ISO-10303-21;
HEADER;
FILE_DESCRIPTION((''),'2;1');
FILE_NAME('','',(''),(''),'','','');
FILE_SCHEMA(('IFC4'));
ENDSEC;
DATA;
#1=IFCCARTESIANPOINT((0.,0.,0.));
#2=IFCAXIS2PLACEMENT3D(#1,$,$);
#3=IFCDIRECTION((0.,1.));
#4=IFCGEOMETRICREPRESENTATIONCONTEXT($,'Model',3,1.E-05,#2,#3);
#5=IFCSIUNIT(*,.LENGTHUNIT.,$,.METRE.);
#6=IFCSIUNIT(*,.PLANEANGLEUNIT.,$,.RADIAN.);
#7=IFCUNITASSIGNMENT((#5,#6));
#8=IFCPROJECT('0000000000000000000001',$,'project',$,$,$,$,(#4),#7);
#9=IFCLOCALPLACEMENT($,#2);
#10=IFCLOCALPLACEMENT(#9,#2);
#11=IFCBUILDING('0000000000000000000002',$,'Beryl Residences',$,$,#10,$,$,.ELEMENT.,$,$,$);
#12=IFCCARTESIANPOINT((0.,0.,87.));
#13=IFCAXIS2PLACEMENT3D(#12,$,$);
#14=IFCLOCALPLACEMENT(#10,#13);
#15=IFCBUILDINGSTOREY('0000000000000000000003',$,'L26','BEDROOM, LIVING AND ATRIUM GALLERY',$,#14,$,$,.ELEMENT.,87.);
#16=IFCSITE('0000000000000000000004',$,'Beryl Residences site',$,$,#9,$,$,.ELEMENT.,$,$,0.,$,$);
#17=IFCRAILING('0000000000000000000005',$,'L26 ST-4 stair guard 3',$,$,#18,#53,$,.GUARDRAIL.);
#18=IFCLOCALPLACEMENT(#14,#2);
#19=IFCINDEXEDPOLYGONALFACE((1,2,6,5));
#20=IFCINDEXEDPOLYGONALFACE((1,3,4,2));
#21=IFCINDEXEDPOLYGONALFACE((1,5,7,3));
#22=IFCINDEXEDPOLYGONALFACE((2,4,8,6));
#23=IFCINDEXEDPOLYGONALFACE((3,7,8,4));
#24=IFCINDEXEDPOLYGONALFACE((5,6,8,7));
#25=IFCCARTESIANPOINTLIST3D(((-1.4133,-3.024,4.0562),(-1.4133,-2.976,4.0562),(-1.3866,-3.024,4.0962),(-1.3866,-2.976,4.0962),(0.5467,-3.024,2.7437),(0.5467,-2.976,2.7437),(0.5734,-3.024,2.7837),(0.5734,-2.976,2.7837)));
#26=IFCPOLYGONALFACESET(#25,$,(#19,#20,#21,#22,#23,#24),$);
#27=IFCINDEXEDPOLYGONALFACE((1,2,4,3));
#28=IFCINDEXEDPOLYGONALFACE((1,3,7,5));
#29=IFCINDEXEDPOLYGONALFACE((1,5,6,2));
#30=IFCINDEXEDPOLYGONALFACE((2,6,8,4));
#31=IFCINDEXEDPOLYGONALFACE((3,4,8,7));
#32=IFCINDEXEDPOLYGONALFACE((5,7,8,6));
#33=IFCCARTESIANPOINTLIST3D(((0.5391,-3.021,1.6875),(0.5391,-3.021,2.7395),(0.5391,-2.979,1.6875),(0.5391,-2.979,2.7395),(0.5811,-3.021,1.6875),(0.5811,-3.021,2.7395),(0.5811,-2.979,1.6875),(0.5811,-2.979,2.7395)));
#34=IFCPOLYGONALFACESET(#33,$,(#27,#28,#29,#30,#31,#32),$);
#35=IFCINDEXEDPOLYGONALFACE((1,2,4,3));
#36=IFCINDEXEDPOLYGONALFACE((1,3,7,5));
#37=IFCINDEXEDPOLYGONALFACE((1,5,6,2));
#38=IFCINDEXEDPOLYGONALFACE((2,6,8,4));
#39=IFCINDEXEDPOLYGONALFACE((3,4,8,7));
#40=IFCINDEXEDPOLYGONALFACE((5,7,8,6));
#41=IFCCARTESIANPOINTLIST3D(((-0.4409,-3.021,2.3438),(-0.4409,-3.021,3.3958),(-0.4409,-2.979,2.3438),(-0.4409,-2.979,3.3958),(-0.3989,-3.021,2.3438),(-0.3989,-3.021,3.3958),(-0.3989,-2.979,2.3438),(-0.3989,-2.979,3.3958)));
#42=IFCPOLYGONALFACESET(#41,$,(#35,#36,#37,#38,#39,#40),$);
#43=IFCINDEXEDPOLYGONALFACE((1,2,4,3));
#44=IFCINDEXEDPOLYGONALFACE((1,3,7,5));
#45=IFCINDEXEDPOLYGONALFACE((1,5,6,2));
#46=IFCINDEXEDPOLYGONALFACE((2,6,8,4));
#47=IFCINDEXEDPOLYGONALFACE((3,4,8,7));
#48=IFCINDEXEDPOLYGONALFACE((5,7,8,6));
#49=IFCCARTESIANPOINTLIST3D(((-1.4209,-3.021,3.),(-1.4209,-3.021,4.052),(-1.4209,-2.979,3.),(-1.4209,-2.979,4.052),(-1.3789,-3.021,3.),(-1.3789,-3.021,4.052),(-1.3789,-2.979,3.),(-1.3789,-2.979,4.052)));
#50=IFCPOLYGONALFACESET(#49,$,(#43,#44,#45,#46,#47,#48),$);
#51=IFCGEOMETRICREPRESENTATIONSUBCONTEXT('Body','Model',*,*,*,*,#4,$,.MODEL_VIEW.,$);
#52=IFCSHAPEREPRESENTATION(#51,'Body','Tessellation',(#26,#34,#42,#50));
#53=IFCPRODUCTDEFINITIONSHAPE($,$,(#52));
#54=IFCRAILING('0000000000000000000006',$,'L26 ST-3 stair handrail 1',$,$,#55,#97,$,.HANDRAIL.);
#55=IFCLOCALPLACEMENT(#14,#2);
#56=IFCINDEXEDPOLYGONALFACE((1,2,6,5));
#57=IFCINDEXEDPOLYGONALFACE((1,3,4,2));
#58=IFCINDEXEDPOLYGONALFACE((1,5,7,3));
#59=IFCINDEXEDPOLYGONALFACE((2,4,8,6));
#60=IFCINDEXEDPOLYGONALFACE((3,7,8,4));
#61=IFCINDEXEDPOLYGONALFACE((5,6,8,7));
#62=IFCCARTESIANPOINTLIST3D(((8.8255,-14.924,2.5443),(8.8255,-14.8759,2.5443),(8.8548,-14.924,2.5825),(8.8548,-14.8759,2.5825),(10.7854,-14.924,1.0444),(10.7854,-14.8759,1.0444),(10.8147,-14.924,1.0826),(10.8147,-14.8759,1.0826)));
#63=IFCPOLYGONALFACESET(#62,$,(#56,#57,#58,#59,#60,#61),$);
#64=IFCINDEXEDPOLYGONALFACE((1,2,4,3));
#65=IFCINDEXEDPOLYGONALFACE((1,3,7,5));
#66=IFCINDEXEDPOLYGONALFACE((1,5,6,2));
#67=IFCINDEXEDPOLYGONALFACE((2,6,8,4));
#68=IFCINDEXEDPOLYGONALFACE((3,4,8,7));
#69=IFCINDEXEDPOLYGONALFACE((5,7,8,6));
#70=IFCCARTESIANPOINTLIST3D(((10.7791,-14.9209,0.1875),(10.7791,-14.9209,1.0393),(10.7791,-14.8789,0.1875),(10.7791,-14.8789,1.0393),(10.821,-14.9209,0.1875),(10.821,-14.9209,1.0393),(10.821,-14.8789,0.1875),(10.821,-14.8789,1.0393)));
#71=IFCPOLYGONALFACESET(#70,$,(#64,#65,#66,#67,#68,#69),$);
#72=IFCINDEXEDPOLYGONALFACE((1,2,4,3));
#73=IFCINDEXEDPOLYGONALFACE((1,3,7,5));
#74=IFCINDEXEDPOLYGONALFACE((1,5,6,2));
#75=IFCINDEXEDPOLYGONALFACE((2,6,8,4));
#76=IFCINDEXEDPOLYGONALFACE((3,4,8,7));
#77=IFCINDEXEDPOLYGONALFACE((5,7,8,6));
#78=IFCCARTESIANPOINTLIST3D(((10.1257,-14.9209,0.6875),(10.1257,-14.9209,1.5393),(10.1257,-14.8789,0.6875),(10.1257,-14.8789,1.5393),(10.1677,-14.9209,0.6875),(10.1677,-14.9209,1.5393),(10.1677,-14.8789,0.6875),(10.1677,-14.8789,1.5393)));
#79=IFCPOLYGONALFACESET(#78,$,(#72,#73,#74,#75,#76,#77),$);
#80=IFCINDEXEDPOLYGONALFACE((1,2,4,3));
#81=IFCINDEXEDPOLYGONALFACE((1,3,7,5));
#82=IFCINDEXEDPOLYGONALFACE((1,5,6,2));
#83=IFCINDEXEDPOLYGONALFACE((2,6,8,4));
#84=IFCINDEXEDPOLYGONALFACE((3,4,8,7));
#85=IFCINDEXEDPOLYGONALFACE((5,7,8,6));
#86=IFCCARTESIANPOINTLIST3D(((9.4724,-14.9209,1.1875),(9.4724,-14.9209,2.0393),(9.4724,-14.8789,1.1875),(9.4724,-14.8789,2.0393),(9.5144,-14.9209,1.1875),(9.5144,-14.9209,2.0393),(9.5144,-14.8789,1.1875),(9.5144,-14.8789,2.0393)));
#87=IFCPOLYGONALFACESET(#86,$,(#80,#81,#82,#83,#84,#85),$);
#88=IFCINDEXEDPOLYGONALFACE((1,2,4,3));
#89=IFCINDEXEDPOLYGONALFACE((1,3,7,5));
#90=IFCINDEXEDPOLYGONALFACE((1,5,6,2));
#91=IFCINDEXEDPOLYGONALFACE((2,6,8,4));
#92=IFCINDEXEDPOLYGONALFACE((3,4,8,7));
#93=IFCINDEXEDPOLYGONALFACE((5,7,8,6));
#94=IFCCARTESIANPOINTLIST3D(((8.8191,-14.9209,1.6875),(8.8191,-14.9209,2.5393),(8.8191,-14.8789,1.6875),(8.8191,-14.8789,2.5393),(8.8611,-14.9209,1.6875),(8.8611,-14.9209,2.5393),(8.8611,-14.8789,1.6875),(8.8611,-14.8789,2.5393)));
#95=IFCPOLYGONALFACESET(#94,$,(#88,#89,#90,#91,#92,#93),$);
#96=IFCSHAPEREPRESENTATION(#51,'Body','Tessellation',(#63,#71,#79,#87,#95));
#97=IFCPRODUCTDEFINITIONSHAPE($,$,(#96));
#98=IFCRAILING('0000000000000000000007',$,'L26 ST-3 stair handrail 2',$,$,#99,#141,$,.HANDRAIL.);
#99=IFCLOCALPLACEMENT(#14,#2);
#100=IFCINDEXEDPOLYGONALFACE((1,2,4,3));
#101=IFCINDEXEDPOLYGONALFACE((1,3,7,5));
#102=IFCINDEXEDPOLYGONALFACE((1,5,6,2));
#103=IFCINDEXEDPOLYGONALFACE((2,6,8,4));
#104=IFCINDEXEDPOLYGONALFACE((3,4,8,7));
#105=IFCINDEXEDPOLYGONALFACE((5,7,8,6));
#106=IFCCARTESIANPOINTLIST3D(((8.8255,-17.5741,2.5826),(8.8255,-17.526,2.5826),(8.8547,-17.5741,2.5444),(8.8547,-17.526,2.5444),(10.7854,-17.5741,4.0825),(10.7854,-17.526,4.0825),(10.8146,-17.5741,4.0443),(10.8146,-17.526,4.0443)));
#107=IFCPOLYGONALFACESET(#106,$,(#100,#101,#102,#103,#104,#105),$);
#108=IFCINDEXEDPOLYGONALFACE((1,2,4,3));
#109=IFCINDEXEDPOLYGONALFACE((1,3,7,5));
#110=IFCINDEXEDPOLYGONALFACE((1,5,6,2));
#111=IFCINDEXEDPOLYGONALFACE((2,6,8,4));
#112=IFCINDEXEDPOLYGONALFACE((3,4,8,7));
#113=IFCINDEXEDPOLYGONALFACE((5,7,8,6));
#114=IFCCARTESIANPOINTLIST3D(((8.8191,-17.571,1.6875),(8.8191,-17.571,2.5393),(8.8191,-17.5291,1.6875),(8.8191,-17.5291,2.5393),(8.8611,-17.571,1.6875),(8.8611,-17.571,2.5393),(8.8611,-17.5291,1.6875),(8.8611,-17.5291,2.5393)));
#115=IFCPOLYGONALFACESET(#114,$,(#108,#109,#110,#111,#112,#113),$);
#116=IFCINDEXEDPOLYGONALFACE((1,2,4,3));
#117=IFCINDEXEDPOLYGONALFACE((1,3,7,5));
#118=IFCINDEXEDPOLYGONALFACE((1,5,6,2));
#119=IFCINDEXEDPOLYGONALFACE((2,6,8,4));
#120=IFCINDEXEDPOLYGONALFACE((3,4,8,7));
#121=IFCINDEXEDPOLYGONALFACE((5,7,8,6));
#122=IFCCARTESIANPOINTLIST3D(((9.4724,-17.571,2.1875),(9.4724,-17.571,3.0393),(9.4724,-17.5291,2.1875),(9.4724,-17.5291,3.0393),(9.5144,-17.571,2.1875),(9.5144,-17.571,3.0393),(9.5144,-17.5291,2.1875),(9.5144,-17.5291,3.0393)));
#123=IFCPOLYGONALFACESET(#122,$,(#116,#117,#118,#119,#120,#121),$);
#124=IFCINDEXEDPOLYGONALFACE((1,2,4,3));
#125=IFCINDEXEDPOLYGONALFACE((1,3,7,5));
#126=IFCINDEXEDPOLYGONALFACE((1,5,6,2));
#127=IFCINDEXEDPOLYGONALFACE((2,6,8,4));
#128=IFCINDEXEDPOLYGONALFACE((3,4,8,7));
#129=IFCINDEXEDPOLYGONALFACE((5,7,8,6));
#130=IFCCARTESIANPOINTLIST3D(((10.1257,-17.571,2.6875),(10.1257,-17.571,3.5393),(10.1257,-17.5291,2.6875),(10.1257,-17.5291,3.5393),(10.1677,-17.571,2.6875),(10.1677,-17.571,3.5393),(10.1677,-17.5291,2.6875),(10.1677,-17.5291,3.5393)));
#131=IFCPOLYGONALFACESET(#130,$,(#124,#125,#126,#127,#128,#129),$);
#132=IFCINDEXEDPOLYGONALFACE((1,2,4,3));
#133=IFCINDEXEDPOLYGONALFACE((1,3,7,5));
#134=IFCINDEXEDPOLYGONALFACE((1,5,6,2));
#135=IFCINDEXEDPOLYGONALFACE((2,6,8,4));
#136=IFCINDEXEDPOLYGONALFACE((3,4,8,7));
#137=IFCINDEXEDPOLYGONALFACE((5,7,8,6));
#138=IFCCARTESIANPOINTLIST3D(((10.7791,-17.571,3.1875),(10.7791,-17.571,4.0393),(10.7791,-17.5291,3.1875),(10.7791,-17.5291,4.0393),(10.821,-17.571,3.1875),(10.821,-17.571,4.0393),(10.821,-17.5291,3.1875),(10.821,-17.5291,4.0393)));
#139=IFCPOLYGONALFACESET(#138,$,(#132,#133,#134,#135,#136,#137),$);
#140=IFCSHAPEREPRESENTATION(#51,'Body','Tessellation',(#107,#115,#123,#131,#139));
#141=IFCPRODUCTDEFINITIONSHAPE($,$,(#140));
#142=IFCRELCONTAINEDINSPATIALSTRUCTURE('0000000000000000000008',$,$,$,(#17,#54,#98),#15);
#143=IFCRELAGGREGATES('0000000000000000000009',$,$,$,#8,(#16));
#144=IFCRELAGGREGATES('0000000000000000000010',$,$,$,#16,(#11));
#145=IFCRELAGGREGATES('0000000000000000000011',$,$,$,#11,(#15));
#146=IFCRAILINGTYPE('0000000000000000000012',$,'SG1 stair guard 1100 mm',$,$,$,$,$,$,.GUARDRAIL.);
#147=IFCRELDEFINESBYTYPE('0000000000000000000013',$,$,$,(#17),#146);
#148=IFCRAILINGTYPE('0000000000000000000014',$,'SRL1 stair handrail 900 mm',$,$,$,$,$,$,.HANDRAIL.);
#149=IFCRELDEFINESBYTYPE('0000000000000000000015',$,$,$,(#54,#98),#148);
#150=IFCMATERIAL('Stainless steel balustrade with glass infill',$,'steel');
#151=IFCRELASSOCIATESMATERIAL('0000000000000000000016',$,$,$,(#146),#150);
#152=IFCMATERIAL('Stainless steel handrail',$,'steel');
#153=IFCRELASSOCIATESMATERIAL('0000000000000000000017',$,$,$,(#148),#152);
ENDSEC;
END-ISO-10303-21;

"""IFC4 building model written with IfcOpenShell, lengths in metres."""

from ifc_helpers import new_model, si_unit, direction, frame, origin, origin_2d, place, context, subcontext, project, spatial, rectangle, extrude, material, type_object, element, save


model = new_model("IFC4")

# Units and contexts
model_context = context("Model", 3, precision=1e-05, world=origin(), true_north=direction((0.0, 1.0)))
body_context = subcontext(model_context, "Body", "Model", "MODEL_VIEW")
ifc_project = project(units=[si_unit("LENGTHUNIT", "METRE"), si_unit("PLANEANGLEUNIT", "RADIAN")], contexts=[model_context])

# Site, building, storey
site_placement = place(None, origin())
site = spatial("IfcSite", under=ifc_project, at=site_placement, Name="Beryl Residences site", CompositionType="ELEMENT", RefElevation=0.0)
building_placement = place(site_placement, origin())
building = spatial("IfcBuilding", under=site, at=building_placement, Name="Beryl Residences", CompositionType="ELEMENT")
storey_placement = place(building_placement, frame((0.0, 0.0, 87.0)))
storey = spatial("IfcBuildingStorey", under=building, at=storey_placement, Name="L26", Description="BEDROOM, LIVING AND ATRIUM GALLERY", CompositionType="ELEMENT", Elevation=87.0)

# Railings
ifc_material_1 = material(Name="Stainless steel balustrade with glass infill", Category="steel")
railing_type_1 = type_object("IfcRailingType", Name="SG1 stair guard 1100 mm", PredefinedType="GUARDRAIL", material=ifc_material_1)
railing_1_placement = place(storey_placement, frame((0.5601, -3.0, 1.6875)))
element("IfcRailing", 1, at=railing_1_placement, inside=storey, type_object=railing_type_1, Name="L26 ST-4 stair guard 3", PredefinedType="GUARDRAIL", context=body_context, shape_type="SweptSolid", body=[
    extrude(rectangle(XDim=0.0481, YDim=0.0481, at=origin_2d()), frame((0.0, 0.0, 1.0762), z_axis=(-0.830902, 0.0, 0.556419), x_axis=(0.0, -1.0, 0.0)), (0.0, 0.0, 1.0), 2.3589),
    extrude(rectangle(XDim=0.042, YDim=0.042, at=origin_2d()), origin(), (0.0, 0.0, 1.0), 1.052),
    extrude(rectangle(XDim=0.042, YDim=0.042, at=origin_2d()), frame((-0.98, 0.0, 0.6562)), (0.0, 0.0, 1.0), 1.052),
    extrude(rectangle(XDim=0.042, YDim=0.042, at=origin_2d()), frame((-1.96, 0.0, 1.3125)), (0.0, 0.0, 1.0), 1.052),
])
ifc_material_2 = material(Name="Stainless steel handrail", Category="steel")
railing_type_2 = type_object("IfcRailingType", Name="SRL1 stair handrail 900 mm", PredefinedType="HANDRAIL", material=ifc_material_2)
railing_2_placement = place(storey_placement, frame((10.8, -14.8999, 0.1875)))
element("IfcRailing", 2, at=railing_2_placement, inside=storey, type_object=railing_type_2, Name="L26 ST-3 stair handrail 1", PredefinedType="HANDRAIL", context=body_context, shape_type="SweptSolid", body=[
    extrude(rectangle(XDim=0.0481, YDim=0.0481, at=origin_2d()), frame((0.0, 0.0, 0.876), z_axis=(-0.794122, 0.0, 0.607758), x_axis=(0.0, -1.0, 0.0)), (0.0, 0.0, 1.0), 2.468),
    extrude(rectangle(XDim=0.042, YDim=0.042, at=origin_2d()), origin(), (0.0, 0.0, 1.0), 0.8518),
    extrude(rectangle(XDim=0.042, YDim=0.042, at=origin_2d()), frame((-0.6533, 0.0, 0.5)), (0.0, 0.0, 1.0), 0.8518),
    extrude(rectangle(XDim=0.042, YDim=0.042, at=origin_2d()), frame((-1.3066, 0.0, 1.0)), (0.0, 0.0, 1.0), 0.8518),
    extrude(rectangle(XDim=0.042, YDim=0.042, at=origin_2d()), frame((-1.96, 0.0, 1.5)), (0.0, 0.0, 1.0), 0.8518),
])
railing_3_placement = place(storey_placement, frame((8.8401, -17.55, 1.6875)))
element("IfcRailing", 3, at=railing_3_placement, inside=storey, type_object=railing_type_2, Name="L26 ST-3 stair handrail 2", PredefinedType="HANDRAIL", context=body_context, shape_type="SweptSolid", body=[
    extrude(rectangle(XDim=0.0481, YDim=0.0481, at=origin_2d()), frame((0.0, 0.0, 0.876), z_axis=(0.794122, 0.0, 0.607758), x_axis=(0.0, 1.0, 0.0)), (0.0, 0.0, 1.0), 2.468),
    extrude(rectangle(XDim=0.042, YDim=0.042, at=origin_2d()), origin(), (0.0, 0.0, 1.0), 0.8518),
    extrude(rectangle(XDim=0.042, YDim=0.042, at=origin_2d()), frame((0.6533, 0.0, 0.5)), (0.0, 0.0, 1.0), 0.8518),
    extrude(rectangle(XDim=0.042, YDim=0.042, at=origin_2d()), frame((1.3066, 0.0, 1.0)), (0.0, 0.0, 1.0), 0.8518),
    extrude(rectangle(XDim=0.042, YDim=0.042, at=origin_2d()), frame((1.96, 0.0, 1.5)), (0.0, 0.0, 1.0), 0.8518),
])

save(model, "model.ifc")
